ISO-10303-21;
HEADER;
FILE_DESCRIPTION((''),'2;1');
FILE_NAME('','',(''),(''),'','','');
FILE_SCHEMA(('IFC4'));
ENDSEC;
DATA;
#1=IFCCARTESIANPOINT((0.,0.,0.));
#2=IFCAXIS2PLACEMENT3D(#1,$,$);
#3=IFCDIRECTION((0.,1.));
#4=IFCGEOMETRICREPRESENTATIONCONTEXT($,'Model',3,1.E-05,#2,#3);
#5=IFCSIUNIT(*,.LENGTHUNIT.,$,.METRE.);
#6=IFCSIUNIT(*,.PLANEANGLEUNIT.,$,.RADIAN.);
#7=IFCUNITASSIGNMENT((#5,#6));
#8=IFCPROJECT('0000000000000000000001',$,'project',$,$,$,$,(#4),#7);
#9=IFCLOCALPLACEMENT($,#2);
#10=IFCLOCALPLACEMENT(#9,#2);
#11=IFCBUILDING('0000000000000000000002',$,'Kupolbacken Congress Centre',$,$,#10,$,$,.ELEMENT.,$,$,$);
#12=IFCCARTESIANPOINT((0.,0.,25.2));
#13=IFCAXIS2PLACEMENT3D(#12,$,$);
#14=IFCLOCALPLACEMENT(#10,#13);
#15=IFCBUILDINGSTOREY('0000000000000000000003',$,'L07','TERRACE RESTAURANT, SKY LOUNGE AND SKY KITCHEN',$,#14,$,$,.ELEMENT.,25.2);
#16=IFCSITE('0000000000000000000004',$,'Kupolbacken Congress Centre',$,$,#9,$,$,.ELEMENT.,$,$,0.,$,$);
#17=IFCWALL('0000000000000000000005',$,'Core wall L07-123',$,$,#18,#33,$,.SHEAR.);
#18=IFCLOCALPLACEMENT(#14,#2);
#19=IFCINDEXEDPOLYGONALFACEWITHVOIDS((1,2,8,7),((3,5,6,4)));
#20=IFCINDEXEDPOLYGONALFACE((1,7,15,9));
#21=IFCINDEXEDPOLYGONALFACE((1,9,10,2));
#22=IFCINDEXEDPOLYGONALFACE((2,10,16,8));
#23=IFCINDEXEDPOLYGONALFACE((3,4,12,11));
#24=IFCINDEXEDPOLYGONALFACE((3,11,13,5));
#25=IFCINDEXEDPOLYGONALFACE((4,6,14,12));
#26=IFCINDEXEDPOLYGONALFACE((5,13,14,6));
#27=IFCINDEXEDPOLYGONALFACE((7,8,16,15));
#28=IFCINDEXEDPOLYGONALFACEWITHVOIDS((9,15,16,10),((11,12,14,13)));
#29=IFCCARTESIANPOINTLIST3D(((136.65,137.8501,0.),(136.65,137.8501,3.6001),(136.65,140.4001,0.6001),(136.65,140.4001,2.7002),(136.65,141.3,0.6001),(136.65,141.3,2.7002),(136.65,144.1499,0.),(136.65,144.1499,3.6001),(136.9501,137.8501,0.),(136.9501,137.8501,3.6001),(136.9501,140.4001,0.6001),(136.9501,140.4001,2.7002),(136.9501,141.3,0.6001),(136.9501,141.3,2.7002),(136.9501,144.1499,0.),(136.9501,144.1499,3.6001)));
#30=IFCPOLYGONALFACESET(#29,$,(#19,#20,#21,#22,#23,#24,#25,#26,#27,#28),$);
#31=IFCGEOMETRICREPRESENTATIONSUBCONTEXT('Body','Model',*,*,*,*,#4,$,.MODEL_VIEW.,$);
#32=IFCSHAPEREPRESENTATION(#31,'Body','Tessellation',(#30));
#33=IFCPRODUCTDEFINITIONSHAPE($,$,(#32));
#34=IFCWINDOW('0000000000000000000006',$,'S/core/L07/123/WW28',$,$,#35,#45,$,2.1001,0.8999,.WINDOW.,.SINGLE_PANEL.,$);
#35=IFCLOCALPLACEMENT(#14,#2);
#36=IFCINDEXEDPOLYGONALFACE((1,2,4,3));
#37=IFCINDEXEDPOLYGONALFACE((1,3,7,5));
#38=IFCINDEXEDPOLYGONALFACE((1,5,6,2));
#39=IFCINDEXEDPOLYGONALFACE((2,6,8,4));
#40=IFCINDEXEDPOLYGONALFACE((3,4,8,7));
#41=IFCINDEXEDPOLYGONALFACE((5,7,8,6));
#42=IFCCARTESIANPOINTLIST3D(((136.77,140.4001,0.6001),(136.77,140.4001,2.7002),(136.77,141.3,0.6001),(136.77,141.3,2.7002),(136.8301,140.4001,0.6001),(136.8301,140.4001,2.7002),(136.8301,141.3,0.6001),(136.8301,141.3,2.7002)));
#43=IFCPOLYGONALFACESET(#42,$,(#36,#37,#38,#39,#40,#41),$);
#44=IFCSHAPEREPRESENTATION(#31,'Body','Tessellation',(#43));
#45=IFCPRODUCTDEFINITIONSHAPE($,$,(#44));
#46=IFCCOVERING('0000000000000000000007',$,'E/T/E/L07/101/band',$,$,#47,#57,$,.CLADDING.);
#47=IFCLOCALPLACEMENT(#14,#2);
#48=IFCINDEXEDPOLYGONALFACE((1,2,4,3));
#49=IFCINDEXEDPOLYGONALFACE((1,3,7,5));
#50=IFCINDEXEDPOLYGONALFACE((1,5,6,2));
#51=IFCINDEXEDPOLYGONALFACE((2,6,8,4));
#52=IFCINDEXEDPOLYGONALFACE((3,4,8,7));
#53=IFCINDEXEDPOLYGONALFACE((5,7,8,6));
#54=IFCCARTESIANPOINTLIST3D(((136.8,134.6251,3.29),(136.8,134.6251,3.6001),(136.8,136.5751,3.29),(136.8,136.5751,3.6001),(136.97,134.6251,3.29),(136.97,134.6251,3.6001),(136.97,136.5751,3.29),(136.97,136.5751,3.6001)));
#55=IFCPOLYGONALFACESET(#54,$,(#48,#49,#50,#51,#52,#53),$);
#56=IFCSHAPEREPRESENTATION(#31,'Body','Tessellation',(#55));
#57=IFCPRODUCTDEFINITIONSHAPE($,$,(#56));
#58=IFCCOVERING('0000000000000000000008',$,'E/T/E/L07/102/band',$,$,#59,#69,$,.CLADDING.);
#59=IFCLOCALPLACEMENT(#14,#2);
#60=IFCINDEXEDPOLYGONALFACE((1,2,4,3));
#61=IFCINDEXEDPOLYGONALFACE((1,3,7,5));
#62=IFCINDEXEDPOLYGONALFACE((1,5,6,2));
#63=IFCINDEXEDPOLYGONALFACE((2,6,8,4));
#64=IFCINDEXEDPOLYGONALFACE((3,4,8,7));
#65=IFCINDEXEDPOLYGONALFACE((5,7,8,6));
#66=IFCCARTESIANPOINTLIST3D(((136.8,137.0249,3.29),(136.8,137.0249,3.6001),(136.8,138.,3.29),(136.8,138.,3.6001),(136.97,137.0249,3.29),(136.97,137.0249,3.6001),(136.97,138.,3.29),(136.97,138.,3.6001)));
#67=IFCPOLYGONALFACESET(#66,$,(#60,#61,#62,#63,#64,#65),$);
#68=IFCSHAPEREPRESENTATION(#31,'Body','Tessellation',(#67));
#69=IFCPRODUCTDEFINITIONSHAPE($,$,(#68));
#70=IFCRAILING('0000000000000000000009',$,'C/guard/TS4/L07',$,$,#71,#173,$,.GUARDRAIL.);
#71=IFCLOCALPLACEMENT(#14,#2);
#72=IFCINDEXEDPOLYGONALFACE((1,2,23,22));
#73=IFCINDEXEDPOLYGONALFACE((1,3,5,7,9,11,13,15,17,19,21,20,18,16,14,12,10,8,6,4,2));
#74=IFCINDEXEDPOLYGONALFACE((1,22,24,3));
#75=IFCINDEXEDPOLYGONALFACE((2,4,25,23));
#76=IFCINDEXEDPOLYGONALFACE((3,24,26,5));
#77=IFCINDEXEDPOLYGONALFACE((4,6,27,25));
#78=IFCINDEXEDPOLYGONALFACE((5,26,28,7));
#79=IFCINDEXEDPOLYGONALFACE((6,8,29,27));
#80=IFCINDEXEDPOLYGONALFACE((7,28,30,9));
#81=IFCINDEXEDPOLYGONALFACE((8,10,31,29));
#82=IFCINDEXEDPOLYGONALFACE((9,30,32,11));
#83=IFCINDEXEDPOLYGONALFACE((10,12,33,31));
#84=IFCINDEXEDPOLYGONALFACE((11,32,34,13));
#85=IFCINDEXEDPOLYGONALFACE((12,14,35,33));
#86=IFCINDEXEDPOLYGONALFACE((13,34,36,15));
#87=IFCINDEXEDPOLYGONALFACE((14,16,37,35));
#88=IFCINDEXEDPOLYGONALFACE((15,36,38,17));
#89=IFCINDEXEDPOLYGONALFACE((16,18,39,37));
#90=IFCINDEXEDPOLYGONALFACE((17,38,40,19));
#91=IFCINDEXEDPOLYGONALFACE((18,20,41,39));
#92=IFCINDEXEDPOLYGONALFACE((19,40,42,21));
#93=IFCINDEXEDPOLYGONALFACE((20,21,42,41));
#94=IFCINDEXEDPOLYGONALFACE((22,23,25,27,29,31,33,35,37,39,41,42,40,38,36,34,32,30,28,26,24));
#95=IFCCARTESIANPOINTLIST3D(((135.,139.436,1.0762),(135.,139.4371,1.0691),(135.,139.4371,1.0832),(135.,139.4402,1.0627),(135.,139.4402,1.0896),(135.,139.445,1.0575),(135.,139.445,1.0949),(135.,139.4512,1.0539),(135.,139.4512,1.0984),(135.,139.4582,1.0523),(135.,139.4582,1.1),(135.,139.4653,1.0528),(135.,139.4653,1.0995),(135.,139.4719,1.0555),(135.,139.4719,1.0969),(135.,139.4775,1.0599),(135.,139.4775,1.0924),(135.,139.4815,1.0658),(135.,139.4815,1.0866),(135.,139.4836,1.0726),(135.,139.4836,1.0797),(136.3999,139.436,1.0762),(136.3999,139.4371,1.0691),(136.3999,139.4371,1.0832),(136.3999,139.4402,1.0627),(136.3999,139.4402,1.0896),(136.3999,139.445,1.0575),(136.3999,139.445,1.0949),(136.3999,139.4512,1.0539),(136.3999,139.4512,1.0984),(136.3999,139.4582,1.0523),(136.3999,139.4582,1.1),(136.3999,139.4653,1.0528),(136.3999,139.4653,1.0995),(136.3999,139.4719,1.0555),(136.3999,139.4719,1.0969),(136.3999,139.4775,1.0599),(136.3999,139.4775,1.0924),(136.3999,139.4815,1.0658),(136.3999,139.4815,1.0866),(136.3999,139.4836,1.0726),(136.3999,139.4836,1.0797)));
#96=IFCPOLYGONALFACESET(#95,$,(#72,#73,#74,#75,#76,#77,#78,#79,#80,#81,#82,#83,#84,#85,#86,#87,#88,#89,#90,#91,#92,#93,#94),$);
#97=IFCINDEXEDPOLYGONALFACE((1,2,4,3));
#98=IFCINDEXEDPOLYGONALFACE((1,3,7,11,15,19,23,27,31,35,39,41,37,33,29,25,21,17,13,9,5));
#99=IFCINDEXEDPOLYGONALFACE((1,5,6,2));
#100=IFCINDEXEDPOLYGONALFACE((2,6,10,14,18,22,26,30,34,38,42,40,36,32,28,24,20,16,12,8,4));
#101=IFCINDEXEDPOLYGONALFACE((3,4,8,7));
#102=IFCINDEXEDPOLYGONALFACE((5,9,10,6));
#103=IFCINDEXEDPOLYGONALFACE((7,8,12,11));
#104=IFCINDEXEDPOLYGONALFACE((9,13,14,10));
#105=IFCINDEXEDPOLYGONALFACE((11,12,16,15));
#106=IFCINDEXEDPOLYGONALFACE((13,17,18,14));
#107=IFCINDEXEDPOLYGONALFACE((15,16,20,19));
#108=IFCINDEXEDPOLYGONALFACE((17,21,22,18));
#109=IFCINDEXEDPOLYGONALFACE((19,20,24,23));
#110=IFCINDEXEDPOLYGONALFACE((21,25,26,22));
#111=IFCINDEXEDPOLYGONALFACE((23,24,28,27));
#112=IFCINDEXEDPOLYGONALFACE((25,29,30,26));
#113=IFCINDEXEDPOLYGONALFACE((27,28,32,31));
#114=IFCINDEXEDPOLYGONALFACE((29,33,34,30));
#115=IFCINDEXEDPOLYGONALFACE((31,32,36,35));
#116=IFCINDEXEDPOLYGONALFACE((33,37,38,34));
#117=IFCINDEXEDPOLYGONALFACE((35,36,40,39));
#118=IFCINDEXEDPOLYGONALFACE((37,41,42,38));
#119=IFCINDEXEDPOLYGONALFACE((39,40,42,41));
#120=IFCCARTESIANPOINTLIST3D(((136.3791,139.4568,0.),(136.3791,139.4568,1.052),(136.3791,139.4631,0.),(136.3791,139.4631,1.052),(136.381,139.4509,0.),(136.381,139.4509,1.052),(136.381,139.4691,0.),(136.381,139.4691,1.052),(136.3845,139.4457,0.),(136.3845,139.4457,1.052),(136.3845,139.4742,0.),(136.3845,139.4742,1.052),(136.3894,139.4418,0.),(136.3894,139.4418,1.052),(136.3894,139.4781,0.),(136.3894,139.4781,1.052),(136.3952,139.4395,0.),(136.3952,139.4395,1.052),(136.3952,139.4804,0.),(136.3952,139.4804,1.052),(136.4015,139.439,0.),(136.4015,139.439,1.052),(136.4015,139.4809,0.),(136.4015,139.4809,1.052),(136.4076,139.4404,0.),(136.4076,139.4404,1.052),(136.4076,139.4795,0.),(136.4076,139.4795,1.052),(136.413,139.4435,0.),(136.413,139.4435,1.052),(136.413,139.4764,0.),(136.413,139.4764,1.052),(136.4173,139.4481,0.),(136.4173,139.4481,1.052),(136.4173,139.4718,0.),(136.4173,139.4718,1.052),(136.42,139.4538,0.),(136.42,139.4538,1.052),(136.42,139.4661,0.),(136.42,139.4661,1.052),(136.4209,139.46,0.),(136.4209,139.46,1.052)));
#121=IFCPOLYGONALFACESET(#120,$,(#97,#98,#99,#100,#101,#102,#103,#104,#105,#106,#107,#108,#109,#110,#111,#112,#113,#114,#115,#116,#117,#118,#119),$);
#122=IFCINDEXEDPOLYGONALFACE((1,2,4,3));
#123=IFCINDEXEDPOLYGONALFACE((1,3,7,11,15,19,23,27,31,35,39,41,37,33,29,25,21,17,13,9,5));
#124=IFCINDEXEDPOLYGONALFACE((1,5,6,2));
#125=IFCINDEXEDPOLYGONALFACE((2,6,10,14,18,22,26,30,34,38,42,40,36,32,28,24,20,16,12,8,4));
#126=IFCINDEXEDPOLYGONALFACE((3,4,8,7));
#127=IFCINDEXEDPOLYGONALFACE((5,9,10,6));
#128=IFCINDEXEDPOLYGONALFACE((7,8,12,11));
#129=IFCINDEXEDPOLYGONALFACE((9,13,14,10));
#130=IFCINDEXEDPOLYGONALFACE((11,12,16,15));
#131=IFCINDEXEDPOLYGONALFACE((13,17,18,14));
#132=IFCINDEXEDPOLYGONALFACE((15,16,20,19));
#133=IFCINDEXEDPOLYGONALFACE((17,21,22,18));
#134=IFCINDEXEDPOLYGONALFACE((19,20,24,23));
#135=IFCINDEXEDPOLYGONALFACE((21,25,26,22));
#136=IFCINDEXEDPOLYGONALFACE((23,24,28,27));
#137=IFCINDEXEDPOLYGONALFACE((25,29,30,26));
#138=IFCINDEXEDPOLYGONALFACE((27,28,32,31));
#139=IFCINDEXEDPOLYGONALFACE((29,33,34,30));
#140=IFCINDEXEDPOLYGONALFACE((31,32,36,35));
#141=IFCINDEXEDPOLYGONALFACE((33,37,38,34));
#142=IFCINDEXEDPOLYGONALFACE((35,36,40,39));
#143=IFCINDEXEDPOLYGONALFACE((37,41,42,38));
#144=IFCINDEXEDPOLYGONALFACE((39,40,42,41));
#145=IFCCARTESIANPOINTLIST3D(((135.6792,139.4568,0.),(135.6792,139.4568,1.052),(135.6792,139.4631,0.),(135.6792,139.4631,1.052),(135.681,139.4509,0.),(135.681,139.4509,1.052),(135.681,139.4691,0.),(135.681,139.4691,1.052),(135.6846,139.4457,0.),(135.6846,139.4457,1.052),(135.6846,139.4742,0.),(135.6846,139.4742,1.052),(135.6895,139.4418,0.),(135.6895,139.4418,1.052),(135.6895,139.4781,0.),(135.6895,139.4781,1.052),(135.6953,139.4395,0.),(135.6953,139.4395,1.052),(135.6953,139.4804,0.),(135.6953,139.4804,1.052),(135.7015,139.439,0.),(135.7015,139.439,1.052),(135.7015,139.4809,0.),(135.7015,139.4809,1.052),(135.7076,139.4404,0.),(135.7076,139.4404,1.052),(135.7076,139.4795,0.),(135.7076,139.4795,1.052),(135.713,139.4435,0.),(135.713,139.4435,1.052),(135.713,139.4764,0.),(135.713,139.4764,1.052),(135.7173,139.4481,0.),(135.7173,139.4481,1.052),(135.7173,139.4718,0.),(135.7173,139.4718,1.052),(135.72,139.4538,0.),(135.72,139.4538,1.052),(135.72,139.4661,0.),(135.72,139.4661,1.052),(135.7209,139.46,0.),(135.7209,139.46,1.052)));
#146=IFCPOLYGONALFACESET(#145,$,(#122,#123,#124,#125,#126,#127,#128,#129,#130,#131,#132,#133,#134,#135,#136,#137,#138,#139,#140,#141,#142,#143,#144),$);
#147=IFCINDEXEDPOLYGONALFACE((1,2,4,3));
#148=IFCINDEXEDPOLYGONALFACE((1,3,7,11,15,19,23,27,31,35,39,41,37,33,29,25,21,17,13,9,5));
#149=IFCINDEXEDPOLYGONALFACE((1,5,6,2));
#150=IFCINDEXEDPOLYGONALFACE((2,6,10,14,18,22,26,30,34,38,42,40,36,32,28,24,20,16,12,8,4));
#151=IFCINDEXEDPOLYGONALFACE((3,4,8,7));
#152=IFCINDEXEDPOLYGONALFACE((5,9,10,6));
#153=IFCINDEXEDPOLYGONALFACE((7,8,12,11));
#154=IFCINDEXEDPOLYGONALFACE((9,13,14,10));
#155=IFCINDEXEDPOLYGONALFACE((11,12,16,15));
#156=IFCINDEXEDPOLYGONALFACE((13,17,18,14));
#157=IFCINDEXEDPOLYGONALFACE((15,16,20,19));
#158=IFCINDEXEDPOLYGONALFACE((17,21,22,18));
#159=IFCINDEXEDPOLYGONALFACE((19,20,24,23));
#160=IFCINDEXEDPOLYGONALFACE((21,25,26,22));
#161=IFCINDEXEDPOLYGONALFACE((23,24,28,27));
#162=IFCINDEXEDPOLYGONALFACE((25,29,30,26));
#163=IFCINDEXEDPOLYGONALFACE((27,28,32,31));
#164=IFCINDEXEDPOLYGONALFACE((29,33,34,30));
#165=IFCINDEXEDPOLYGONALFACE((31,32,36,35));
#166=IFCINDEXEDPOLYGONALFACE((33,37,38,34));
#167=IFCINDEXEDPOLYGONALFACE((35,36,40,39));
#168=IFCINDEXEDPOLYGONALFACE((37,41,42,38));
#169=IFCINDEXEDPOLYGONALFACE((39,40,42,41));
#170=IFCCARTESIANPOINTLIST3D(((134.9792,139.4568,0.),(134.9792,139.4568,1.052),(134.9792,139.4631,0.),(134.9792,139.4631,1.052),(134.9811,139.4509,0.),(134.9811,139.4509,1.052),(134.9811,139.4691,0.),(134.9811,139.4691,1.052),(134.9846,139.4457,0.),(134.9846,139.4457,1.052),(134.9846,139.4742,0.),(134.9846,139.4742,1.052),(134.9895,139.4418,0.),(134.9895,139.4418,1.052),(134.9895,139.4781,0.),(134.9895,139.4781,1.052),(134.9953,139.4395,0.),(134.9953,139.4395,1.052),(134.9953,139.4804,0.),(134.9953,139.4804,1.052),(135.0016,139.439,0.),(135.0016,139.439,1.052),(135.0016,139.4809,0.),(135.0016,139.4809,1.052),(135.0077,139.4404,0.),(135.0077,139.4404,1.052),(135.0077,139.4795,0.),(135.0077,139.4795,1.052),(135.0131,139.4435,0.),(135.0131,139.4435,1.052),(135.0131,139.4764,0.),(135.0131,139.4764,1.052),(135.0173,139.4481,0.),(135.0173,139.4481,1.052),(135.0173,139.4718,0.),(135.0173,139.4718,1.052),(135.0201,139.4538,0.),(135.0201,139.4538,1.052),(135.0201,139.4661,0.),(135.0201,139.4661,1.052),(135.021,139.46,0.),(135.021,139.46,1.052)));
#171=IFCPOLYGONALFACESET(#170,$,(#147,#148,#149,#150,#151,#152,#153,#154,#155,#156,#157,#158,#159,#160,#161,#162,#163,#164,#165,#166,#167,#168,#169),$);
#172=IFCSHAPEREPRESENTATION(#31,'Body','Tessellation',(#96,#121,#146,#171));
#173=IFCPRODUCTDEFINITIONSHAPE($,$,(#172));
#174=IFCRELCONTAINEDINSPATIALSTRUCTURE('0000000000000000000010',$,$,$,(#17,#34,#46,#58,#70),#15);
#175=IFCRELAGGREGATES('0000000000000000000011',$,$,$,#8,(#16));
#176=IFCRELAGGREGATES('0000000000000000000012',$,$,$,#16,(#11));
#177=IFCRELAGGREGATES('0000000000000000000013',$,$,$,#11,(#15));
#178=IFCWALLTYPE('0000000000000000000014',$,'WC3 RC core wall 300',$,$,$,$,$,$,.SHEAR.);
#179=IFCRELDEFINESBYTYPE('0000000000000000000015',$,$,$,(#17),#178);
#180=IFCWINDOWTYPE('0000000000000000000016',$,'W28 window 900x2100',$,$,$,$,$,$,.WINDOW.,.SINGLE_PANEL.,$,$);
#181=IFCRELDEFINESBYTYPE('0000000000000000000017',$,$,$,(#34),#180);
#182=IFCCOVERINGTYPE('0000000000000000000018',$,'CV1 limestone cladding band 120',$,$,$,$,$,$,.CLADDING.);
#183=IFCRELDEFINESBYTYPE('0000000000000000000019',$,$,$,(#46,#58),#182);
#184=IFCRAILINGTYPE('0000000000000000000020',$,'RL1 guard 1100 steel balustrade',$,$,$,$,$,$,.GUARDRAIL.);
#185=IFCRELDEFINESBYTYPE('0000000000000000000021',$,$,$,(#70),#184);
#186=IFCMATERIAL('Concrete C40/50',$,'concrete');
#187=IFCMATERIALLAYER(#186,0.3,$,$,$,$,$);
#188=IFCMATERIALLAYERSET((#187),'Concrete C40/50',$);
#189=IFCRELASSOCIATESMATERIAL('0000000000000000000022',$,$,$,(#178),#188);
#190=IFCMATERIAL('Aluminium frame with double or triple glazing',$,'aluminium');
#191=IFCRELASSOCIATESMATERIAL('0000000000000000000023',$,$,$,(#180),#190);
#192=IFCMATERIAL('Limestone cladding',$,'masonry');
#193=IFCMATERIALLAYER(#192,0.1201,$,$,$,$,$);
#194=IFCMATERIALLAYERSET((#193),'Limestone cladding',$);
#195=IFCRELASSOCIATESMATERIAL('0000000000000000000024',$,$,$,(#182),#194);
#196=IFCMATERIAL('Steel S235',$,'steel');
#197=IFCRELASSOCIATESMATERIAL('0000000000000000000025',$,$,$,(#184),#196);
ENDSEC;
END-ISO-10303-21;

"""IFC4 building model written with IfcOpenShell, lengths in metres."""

from ifc_helpers import new_model, si_unit, direction, frame, frame_2d, origin, origin_2d, place, context, subcontext, project, spatial, rectangle, circle, extrude, material, layer, layer_set, type_object, element, fill, save


model = new_model("IFC4")

# Units and contexts
model_context = context("Model", 3, precision=1e-05, world=origin(), true_north=direction((0.0, 1.0)))
body_context = subcontext(model_context, "Body", "Model", "MODEL_VIEW")
ifc_project = project(units=[si_unit("LENGTHUNIT", "METRE"), si_unit("PLANEANGLEUNIT", "RADIAN")], contexts=[model_context])

# Site, building, storey
site_placement = place(None, origin())
site = spatial("IfcSite", under=ifc_project, at=site_placement, Name="Kupolbacken Congress Centre", CompositionType="ELEMENT", RefElevation=0.0)
building_placement = place(site_placement, origin())
building = spatial("IfcBuilding", under=site, at=building_placement, Name="Kupolbacken Congress Centre", CompositionType="ELEMENT")
storey_placement = place(building_placement, frame((0.0, 0.0, 25.2)))
storey = spatial("IfcBuildingStorey", under=building, at=storey_placement, Name="L07", Description="TERRACE RESTAURANT, SKY LOUNGE AND SKY KITCHEN", CompositionType="ELEMENT", Elevation=25.2)

# Shared definitions
ifc_material_1 = material(Name="Concrete C40/50", Category="concrete")
ifc_layer_1 = layer(ifc_material_1, 0.3)
ifc_layer_set_1 = layer_set([ifc_layer_1], Name="Concrete C40/50")
wall_type_1 = type_object("IfcWallType", Name="WC3 RC core wall 300", PredefinedType="SHEAR", material=ifc_layer_set_1)

# Wall, opening, window
wall_1_placement = place(storey_placement, frame((136.8, 137.8501, 0.0), z_axis=(0.0, 0.0, 1.0), x_axis=(0.0, 1.0, 0.0)))
wall_1 = element("IfcWall", 1, at=wall_1_placement, inside=storey, type_object=wall_type_1, Name="Core wall L07-123", PredefinedType="SHEAR", context=body_context, shape_type="SweptSolid", body=[
    extrude(rectangle(XDim=6.2998, YDim=0.3, at=frame_2d((3.1499, 0.0))), origin(), (0.0, 0.0, 1.0), 3.6001),
])
opening_1_placement = place(wall_1_placement, frame((2.55, 0.0, 0.6001)))
opening_1 = element("IfcOpeningElement", 2, at=opening_1_placement, cuts=wall_1, PredefinedType="OPENING", context=body_context, shape_type="SweptSolid", body=[
    extrude(rectangle(XDim=0.8999, YDim=2.1001, at=frame_2d((0.45, 1.05))), frame((0.0, 0.1599, 0.0), z_axis=(0.0, -1.0, 0.0), x_axis=(1.0, 0.0, 0.0)), (0.0, 0.0, 1.0), 0.3201),
])
ifc_material_2 = material(Name="Aluminium frame with double or triple glazing", Category="aluminium")
window_type = type_object("IfcWindowType", Name="W28 window 900x2100", PartitioningType="SINGLE_PANEL", PredefinedType="WINDOW", material=ifc_material_2)
window_placement = place(opening_1_placement, origin())
window = element("IfcWindow", 3, at=window_placement, inside=storey, type_object=window_type, Name="S/core/L07/123/WW28", OverallHeight=2.1001, OverallWidth=0.8999, PartitioningType="SINGLE_PANEL", PredefinedType="WINDOW", context=body_context, shape_type="SweptSolid", body=[
    extrude(rectangle(XDim=0.8999, YDim=2.1001, at=frame_2d((0.45, 1.05))), frame((0.0, 0.03, 0.0), z_axis=(0.0, -1.0, 0.0), x_axis=(1.0, 0.0, 0.0)), (0.0, 0.0, 1.0), 0.0601),
])
fill(opening_1, window)

# Coverings
ifc_material_3 = material(Name="Limestone cladding", Category="masonry")
ifc_layer_2 = layer(ifc_material_3, 0.1201)
ifc_layer_set_2 = layer_set([ifc_layer_2], Name="Limestone cladding")
covering_type = type_object("IfcCoveringType", Name="CV1 limestone cladding band 120", PredefinedType="CLADDING", material=ifc_layer_set_2)
covering_1_placement = place(storey_placement, frame((136.885, 135.6001, 3.29), z_axis=(0.0, 0.0, 1.0), x_axis=(0.0, 1.0, 0.0)))
element("IfcCovering", 4, at=covering_1_placement, inside=storey, type_object=covering_type, Name="E/T/E/L07/101/band", PredefinedType="CLADDING", context=body_context, shape_type="SweptSolid", body=[
    extrude(rectangle(XDim=1.95, YDim=0.1699, at=origin_2d()), origin(), (0.0, 0.0, 1.0), 0.3101),
])
covering_2_placement = place(storey_placement, frame((136.885, 137.5125, 3.29), z_axis=(0.0, 0.0, 1.0), x_axis=(0.0, 1.0, 0.0)))
element("IfcCovering", 5, at=covering_2_placement, inside=storey, type_object=covering_type, Name="E/T/E/L07/102/band", PredefinedType="CLADDING", context=body_context, shape_type="SweptSolid", body=[
    extrude(rectangle(XDim=0.9751, YDim=0.1699, at=origin_2d()), origin(), (0.0, 0.0, 1.0), 0.3101),
])

# Railing
ifc_material_4 = material(Name="Steel S235", Category="steel")
railing_type = type_object("IfcRailingType", Name="RL1 guard 1100 steel balustrade", PredefinedType="GUARDRAIL", material=ifc_material_4)
railing_placement = place(storey_placement, frame((136.3999, 139.46, 0.0)))
element("IfcRailing", 6, at=railing_placement, inside=storey, type_object=railing_type, Name="C/guard/TS4/L07", PredefinedType="GUARDRAIL", context=body_context, shape_type="SweptSolid", body=[
    extrude(circle(Radius=0.0239, at=origin_2d()), frame((0.0, 0.0, 1.0762), z_axis=(-1.0, 0.0, 0.0), x_axis=(0.0, -1.0, 0.0)), (0.0, 0.0, 1.0), 1.3999),
    extrude(circle(Radius=0.021, at=origin_2d()), origin(), (0.0, 0.0, 1.0), 1.052),
    extrude(circle(Radius=0.021, at=origin_2d()), frame((-0.7, 0.0, 0.0)), (0.0, 0.0, 1.0), 1.052),
    extrude(circle(Radius=0.021, at=origin_2d()), frame((-1.3999, 0.0, 0.0)), (0.0, 0.0, 1.0), 1.052),
])

save(model, "model.ifc")
